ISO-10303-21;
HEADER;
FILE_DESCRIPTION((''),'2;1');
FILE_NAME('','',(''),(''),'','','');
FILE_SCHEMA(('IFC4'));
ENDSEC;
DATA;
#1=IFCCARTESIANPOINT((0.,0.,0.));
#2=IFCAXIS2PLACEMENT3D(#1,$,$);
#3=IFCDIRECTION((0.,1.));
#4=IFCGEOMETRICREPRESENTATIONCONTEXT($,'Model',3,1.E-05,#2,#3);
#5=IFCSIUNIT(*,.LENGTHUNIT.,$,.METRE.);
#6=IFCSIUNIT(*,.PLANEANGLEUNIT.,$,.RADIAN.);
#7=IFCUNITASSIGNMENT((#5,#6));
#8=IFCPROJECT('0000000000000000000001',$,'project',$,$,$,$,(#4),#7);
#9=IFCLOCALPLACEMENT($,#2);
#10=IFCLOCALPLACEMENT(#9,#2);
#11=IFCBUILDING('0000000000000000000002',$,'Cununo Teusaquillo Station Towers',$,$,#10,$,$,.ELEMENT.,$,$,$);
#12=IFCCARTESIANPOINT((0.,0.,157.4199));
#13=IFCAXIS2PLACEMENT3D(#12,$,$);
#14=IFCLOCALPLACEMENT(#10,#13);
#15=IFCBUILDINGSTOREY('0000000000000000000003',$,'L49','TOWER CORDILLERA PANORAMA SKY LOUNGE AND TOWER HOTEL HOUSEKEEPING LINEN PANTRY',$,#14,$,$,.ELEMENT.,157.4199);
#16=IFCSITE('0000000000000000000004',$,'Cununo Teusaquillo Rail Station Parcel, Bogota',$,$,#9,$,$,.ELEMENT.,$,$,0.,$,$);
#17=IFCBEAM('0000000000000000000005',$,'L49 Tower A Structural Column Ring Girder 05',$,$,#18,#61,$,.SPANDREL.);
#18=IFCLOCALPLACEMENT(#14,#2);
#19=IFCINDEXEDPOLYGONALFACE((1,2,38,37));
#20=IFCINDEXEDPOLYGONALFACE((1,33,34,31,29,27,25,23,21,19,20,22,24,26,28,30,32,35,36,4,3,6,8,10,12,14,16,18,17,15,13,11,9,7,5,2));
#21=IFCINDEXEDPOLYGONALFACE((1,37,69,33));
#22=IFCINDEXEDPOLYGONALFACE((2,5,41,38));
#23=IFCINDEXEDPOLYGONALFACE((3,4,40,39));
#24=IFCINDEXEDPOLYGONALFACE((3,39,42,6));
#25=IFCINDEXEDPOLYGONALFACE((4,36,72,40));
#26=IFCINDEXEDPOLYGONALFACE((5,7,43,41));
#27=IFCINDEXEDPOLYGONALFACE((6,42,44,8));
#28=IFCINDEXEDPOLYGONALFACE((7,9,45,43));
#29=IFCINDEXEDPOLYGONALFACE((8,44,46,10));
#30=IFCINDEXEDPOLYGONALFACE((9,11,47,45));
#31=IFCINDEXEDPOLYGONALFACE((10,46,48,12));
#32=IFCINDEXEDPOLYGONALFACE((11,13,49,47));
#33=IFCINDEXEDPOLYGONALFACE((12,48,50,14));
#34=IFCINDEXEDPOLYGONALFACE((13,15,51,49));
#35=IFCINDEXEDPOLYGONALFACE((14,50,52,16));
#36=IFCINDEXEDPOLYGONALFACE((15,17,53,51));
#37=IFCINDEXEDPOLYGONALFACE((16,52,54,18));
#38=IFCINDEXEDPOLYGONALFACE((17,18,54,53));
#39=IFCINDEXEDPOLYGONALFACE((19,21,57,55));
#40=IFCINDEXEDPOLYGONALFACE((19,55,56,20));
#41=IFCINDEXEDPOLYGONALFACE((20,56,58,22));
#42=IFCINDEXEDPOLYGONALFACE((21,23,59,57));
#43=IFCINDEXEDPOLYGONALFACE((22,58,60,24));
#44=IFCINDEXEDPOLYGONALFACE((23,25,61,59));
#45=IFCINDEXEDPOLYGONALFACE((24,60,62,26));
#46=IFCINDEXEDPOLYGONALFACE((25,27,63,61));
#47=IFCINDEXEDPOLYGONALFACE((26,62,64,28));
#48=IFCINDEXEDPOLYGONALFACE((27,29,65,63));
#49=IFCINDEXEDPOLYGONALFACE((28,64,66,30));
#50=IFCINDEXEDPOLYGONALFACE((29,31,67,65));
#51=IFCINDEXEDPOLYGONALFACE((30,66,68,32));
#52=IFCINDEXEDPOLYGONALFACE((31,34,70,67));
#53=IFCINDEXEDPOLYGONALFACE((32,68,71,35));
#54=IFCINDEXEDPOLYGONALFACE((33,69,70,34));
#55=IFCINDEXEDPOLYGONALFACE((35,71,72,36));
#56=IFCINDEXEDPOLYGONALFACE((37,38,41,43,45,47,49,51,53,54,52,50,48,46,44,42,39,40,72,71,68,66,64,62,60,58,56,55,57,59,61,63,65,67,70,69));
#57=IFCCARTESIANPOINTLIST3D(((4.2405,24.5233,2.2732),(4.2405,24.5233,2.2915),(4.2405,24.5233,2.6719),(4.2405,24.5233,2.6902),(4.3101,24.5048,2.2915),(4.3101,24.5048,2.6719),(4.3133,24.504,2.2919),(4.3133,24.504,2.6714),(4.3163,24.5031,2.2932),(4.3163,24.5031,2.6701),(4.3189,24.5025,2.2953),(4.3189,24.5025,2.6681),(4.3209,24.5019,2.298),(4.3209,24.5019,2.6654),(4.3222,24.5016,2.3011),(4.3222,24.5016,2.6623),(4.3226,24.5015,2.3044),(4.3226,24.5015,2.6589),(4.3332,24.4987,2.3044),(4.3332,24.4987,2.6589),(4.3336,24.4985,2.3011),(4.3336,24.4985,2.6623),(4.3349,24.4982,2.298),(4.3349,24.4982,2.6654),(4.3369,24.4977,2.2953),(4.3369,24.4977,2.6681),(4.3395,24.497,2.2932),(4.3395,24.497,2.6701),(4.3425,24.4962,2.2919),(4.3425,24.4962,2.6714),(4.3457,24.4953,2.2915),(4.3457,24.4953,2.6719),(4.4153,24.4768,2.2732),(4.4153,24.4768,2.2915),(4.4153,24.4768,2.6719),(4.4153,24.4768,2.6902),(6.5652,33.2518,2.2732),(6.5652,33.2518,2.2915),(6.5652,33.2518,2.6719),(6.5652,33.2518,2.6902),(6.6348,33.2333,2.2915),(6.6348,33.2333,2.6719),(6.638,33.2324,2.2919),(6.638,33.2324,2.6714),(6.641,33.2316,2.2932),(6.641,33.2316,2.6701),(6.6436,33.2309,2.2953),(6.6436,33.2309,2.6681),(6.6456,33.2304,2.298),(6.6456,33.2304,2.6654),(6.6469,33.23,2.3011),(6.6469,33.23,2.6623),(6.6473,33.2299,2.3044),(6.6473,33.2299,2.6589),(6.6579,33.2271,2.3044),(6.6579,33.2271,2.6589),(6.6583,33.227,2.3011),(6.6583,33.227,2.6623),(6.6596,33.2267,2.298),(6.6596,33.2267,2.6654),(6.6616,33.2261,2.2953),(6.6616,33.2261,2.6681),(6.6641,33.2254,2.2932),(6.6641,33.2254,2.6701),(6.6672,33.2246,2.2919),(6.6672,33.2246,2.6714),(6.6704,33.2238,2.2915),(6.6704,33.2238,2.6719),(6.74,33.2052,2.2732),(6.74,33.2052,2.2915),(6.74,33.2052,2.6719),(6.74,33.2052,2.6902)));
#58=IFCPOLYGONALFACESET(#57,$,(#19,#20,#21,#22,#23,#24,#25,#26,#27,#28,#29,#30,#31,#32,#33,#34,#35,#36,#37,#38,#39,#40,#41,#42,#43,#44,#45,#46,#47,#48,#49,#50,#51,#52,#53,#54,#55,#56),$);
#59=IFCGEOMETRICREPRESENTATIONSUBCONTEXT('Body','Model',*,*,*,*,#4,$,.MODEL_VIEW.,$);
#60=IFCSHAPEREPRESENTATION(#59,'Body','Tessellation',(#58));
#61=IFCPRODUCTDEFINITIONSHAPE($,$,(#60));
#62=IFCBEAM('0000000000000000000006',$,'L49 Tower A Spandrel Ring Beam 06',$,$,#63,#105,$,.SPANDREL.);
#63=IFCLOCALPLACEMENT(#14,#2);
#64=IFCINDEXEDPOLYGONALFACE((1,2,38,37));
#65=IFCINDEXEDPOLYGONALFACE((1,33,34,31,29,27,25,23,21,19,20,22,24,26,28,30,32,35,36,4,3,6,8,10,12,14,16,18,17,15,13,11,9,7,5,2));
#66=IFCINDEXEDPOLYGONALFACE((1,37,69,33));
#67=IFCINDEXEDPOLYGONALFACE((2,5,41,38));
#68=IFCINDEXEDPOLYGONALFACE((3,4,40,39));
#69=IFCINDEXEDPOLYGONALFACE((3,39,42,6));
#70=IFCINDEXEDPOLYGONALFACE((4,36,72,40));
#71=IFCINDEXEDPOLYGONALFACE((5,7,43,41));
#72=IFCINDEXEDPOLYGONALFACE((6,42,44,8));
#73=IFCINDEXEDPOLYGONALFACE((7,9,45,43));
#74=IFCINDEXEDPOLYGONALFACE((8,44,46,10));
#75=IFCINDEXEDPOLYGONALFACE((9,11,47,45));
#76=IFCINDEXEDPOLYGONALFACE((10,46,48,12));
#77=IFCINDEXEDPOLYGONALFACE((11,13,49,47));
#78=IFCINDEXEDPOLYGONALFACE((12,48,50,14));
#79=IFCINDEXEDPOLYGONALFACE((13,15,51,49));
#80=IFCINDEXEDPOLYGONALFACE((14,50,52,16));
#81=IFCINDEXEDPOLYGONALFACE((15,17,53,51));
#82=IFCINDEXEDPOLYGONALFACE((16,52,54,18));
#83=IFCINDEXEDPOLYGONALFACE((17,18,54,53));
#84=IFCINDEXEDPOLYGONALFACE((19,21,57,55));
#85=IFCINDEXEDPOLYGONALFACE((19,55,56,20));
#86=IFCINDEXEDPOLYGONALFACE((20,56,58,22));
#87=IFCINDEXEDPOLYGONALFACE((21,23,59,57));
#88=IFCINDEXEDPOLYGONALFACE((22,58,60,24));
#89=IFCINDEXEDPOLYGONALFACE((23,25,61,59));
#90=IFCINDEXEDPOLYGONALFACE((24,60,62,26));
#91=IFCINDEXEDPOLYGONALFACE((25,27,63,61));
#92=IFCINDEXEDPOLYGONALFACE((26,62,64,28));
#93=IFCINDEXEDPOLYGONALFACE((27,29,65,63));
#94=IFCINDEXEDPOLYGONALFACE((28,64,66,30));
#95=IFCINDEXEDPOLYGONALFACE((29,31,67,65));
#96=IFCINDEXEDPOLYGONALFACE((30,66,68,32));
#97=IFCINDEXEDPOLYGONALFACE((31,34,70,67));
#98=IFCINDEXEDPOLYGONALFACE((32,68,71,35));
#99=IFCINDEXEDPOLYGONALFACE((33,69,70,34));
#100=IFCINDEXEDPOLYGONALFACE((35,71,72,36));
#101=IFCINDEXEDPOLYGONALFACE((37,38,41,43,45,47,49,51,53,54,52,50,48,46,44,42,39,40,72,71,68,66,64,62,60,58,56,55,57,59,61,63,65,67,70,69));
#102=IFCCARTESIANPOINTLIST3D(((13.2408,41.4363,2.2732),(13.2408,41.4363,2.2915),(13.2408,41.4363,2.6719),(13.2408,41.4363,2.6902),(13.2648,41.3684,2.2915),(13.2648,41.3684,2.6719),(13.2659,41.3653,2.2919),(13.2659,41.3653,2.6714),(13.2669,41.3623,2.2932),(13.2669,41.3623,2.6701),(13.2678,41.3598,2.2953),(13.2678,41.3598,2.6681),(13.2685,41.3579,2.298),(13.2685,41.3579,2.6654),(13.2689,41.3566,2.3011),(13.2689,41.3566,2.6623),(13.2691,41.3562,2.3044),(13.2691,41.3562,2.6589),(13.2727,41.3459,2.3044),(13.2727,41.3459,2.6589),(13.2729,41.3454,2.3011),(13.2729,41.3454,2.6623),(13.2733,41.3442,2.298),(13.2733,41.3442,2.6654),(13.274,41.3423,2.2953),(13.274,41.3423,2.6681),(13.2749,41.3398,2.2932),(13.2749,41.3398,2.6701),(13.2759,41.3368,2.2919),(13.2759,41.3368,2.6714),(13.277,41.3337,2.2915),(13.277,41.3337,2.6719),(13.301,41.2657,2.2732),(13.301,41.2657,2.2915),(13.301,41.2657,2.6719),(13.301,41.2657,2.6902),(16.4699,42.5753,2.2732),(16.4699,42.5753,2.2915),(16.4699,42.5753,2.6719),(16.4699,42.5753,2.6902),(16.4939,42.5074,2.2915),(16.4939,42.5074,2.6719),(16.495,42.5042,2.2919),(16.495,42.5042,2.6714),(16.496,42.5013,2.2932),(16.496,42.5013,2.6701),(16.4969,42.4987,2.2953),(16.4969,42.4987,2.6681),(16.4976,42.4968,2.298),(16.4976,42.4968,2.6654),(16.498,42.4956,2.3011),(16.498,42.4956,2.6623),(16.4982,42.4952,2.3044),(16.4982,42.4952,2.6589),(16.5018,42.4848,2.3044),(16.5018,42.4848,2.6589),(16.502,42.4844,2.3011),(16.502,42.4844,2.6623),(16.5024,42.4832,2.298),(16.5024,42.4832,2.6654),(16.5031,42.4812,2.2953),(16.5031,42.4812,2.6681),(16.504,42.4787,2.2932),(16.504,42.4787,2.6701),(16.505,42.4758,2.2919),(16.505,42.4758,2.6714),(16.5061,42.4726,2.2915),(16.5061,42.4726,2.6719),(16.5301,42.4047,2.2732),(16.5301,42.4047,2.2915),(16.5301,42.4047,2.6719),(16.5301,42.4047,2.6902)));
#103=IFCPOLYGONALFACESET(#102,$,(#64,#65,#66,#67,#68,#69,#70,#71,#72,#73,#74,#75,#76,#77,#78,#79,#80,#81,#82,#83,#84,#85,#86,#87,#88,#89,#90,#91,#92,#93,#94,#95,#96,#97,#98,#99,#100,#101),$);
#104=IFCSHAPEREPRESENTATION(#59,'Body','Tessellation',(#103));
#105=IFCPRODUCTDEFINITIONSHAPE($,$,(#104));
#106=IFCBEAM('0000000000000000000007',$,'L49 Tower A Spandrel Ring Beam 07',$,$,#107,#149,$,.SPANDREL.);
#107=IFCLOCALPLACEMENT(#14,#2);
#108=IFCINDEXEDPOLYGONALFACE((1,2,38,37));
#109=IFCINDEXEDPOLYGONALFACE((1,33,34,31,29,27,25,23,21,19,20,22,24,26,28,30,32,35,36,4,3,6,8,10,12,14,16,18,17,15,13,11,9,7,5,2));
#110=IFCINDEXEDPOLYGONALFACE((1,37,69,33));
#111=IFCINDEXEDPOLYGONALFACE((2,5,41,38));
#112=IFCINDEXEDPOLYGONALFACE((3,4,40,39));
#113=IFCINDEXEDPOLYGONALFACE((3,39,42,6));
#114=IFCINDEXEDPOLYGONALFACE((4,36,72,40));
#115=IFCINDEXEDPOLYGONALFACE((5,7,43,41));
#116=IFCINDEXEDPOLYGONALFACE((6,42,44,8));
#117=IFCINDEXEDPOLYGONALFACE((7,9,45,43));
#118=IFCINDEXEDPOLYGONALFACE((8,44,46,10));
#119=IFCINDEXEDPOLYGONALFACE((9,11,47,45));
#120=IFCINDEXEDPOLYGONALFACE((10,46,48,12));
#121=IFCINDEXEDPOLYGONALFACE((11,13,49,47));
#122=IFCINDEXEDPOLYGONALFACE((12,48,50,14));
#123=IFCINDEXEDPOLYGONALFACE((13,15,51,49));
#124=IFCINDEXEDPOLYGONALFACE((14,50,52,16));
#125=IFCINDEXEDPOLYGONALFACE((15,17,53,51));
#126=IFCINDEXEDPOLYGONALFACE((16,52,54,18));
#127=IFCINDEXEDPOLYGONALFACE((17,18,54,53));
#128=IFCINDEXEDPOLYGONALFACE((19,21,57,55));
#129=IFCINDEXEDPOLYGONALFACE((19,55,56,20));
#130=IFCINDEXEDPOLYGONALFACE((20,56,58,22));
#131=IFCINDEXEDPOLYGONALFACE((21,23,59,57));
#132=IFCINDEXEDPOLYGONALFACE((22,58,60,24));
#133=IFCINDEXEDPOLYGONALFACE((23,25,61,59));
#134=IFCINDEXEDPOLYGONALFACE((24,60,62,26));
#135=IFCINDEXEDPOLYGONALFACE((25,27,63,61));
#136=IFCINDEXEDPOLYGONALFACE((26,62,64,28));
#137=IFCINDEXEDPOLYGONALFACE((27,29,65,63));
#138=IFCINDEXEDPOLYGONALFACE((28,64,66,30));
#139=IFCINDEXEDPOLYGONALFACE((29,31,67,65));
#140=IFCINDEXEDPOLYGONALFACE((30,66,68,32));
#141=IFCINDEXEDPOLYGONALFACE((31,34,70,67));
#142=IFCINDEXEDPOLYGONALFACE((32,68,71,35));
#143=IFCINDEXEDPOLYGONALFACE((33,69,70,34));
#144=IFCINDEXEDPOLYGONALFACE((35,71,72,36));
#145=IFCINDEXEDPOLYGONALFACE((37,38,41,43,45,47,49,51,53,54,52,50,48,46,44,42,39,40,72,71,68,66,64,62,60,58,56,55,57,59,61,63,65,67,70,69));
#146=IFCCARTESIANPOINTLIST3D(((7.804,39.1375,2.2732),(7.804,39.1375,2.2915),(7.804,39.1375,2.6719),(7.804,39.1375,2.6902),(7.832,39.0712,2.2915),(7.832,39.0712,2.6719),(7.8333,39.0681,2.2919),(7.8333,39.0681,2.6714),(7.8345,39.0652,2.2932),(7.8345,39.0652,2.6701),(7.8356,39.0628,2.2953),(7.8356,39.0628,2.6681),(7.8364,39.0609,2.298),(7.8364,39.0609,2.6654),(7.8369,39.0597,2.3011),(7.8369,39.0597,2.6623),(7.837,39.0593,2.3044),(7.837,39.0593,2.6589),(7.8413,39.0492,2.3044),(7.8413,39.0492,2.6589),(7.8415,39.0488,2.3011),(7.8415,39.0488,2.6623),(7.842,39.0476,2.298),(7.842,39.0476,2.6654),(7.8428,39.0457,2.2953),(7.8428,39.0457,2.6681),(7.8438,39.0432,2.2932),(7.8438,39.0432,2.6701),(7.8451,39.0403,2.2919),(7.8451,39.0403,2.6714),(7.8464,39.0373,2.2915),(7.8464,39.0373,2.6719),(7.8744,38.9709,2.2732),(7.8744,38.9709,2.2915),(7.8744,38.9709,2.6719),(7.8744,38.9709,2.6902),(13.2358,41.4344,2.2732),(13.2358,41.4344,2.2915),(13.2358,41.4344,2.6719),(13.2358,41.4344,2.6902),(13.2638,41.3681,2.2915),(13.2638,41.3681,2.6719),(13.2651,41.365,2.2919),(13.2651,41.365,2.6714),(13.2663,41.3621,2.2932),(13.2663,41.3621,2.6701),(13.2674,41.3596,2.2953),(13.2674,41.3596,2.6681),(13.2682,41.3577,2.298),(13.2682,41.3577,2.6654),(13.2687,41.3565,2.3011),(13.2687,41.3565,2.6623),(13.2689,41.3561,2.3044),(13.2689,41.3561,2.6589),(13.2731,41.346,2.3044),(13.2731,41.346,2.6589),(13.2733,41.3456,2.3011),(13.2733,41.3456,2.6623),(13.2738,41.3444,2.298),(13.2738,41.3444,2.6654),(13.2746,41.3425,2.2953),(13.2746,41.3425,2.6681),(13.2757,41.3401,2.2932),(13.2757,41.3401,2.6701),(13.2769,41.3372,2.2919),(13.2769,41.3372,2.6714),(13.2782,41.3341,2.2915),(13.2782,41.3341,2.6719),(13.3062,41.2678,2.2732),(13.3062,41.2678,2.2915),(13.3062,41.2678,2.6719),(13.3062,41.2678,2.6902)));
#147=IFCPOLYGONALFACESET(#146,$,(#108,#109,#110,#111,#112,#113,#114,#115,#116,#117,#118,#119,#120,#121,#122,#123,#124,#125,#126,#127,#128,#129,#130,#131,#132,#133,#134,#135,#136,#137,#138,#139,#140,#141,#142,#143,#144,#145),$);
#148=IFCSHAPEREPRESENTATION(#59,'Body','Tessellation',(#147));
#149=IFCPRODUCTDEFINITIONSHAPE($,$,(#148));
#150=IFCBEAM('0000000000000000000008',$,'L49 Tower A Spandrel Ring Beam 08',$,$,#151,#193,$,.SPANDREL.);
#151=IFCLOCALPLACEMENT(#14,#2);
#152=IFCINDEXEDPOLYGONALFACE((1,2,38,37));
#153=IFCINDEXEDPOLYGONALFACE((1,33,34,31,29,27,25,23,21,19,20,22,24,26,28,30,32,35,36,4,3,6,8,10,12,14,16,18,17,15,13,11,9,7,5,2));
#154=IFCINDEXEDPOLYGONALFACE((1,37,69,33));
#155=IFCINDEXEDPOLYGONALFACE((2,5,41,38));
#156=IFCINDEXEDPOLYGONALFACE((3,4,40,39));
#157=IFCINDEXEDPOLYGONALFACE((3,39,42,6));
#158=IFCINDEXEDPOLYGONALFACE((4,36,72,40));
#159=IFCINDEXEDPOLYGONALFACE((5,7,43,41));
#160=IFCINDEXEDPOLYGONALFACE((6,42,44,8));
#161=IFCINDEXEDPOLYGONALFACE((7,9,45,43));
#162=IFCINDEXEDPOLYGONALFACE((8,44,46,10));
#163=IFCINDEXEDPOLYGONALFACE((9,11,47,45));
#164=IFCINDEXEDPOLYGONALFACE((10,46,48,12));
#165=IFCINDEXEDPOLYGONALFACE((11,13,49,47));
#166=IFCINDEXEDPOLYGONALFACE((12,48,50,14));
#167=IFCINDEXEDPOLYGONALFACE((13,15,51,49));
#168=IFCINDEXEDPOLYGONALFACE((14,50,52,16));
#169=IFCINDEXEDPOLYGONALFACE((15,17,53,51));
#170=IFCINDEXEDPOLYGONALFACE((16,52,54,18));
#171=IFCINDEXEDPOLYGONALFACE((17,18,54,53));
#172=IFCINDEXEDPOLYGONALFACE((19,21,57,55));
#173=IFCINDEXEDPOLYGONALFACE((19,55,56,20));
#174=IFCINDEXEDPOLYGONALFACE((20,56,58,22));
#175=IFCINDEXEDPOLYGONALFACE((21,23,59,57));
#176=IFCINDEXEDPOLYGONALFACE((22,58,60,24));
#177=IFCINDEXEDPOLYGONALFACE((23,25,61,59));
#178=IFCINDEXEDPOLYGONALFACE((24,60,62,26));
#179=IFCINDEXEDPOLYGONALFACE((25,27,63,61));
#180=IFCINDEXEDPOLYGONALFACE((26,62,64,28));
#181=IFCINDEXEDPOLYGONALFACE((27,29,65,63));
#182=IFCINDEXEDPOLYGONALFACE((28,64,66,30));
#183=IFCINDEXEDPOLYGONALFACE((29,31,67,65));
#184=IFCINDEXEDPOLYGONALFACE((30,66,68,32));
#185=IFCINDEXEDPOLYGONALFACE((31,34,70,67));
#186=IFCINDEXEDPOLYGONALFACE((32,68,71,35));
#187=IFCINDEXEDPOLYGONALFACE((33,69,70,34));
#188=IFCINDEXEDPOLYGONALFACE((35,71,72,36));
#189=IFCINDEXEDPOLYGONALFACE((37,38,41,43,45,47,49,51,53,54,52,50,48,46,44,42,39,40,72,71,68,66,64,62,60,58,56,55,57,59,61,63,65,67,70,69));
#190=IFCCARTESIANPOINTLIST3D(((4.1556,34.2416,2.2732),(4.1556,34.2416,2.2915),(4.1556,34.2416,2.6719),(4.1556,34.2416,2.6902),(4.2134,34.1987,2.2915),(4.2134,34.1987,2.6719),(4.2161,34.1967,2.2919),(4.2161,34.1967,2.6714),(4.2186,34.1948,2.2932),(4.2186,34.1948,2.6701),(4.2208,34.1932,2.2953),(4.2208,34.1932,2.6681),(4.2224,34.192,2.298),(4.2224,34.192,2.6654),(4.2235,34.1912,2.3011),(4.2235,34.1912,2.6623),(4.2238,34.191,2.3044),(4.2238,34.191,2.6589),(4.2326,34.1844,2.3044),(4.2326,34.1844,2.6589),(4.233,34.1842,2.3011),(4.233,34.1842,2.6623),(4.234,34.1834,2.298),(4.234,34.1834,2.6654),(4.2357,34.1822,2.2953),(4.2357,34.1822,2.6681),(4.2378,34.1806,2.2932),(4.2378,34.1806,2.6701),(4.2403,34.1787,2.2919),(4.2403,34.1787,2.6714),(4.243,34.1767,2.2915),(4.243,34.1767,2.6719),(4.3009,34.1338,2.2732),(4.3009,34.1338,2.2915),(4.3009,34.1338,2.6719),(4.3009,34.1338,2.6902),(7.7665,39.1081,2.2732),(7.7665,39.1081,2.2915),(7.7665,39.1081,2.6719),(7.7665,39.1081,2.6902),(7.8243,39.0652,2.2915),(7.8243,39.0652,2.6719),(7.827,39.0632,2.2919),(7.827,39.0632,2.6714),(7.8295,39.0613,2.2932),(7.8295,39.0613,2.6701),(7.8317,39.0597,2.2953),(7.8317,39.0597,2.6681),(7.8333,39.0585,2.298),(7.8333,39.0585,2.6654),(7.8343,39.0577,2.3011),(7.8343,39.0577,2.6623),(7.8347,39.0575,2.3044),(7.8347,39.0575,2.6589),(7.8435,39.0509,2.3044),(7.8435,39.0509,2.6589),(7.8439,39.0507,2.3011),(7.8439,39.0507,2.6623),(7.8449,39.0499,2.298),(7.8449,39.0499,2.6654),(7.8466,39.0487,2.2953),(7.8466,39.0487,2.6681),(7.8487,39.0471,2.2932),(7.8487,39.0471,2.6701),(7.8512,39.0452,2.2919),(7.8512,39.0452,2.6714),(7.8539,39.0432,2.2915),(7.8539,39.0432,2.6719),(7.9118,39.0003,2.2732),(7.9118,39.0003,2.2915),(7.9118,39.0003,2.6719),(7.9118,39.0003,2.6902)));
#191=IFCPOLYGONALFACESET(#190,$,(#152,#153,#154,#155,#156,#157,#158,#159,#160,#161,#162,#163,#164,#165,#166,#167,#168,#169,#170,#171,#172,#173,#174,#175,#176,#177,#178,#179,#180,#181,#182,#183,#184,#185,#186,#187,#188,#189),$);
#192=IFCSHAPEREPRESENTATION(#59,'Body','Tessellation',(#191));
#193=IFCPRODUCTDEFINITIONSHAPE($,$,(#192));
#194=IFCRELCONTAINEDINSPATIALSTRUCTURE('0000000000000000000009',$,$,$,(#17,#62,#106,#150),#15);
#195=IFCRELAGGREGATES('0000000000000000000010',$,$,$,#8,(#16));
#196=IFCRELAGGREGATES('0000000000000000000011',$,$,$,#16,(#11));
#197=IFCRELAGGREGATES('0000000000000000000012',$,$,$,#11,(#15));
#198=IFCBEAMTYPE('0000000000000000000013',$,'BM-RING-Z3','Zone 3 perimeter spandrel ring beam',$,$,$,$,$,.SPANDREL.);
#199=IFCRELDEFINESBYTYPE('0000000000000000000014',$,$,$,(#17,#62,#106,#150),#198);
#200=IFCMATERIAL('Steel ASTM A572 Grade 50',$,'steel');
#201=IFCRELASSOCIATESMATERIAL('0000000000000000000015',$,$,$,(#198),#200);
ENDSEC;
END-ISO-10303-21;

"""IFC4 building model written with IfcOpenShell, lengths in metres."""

from ifc_helpers import new_model, si_unit, direction, frame, origin, origin_2d, place, context, subcontext, project, spatial, i_section, extrude, material, material_profile, profile_set, type_object, element, save


model = new_model("IFC4")

# Units and contexts
model_context = context("Model", 3, precision=1e-05, world=origin(), true_north=direction((0.0, 1.0)))
body_context = subcontext(model_context, "Body", "Model", "MODEL_VIEW")
ifc_project = project(units=[si_unit("LENGTHUNIT", "METRE"), si_unit("PLANEANGLEUNIT", "RADIAN")], contexts=[model_context])

# Site, building, storey
site_placement = place(None, origin())
site = spatial("IfcSite", under=ifc_project, at=site_placement, Name="Cununo Teusaquillo Rail Station Parcel, Bogota", CompositionType="ELEMENT", RefElevation=0.0)
building_placement = place(site_placement, origin())
building = spatial("IfcBuilding", under=site, at=building_placement, Name="Cununo Teusaquillo Station Towers", CompositionType="ELEMENT")
storey_placement = place(building_placement, frame((0.0, 0.0, 157.4199)))
storey = spatial("IfcBuildingStorey", under=building, at=storey_placement, Name="L49", Description="TOWER CORDILLERA PANORAMA SKY LOUNGE AND TOWER HOTEL HOUSEKEEPING LINEN PANTRY", CompositionType="ELEMENT", Elevation=157.4199)

# Beams
ifc_material_1 = material(Name="Steel ASTM A572 Grade 50", Category="steel")
ifc_material_profile_1 = material_profile(ifc_material_1, i_section(OverallWidth=0.1809, OverallDepth=0.417, WebThickness=0.011, FlangeThickness=0.0183, FilletRadius=0.0129, at=origin_2d()), Name="W16X57")
ifc_profile_set_1 = profile_set([ifc_material_profile_1], Name="Steel ASTM A572 Grade 50")
beam_type_1 = type_object("IfcBeamType", Name="BM-RING-Z3", Description="Zone 3 perimeter spandrel ring beam", PredefinedType="SPANDREL", material=ifc_profile_set_1)
beam_1_placement = place(storey_placement, frame((6.6526, 33.2285, 2.4817), z_axis=(-0.257363, -0.966315, 0.0), x_axis=(0.966315, -0.257363, 0.0)))
element("IfcBeam", 1, at=beam_1_placement, inside=storey, type_object=beam_type_1, Name="L49 Tower A Structural Column Ring Girder 05", PredefinedType="SPANDREL", context=body_context, shape_type="SweptSolid", body=[
    extrude(i_section(OverallWidth=0.1809, OverallDepth=0.417, WebThickness=0.011, FlangeThickness=0.0183, FilletRadius=0.0129, at=origin_2d()), origin(), (0.0, 0.0, 1.0), 9.0327),
])
beam_2_placement = place(storey_placement, frame((16.5, 42.49, 2.4817), z_axis=(-0.943057, -0.33263, 0.0), x_axis=(0.33263, -0.943057, 0.0)))
element("IfcBeam", 2, at=beam_2_placement, inside=storey, type_object=beam_type_1, Name="L49 Tower A Spandrel Ring Beam 06", PredefinedType="SPANDREL", context=body_context, shape_type="SweptSolid", body=[
    extrude(i_section(OverallWidth=0.1809, OverallDepth=0.417, WebThickness=0.011, FlangeThickness=0.0183, FilletRadius=0.0129, at=origin_2d()), origin(), (0.0, 0.0, 1.0), 3.4241),
])
beam_3_placement = place(storey_placement, frame((13.271, 41.3511, 2.4817), z_axis=(-0.921042, -0.389463, 0.0), x_axis=(0.389463, -0.921042, 0.0)))
element("IfcBeam", 3, at=beam_3_placement, inside=storey, type_object=beam_type_1, Name="L49 Tower A Spandrel Ring Beam 07", PredefinedType="SPANDREL", context=body_context, shape_type="SweptSolid", body=[
    extrude(i_section(OverallWidth=0.1809, OverallDepth=0.417, WebThickness=0.011, FlangeThickness=0.0183, FilletRadius=0.0129, at=origin_2d()), origin(), (0.0, 0.0, 1.0), 5.8975),
])
beam_4_placement = place(storey_placement, frame((7.8391, 39.0542, 2.4817), z_axis=(-0.595873, -0.803079, 0.0), x_axis=(0.803079, -0.595873, 0.0)))
element("IfcBeam", 4, at=beam_4_placement, inside=storey, type_object=beam_type_1, Name="L49 Tower A Spandrel Ring Beam 08", PredefinedType="SPANDREL", context=body_context, shape_type="SweptSolid", body=[
    extrude(i_section(OverallWidth=0.1809, OverallDepth=0.417, WebThickness=0.011, FlangeThickness=0.0183, FilletRadius=0.0129, at=origin_2d()), origin(), (0.0, 0.0, 1.0), 6.0598),
])

save(model, "model.ifc")
